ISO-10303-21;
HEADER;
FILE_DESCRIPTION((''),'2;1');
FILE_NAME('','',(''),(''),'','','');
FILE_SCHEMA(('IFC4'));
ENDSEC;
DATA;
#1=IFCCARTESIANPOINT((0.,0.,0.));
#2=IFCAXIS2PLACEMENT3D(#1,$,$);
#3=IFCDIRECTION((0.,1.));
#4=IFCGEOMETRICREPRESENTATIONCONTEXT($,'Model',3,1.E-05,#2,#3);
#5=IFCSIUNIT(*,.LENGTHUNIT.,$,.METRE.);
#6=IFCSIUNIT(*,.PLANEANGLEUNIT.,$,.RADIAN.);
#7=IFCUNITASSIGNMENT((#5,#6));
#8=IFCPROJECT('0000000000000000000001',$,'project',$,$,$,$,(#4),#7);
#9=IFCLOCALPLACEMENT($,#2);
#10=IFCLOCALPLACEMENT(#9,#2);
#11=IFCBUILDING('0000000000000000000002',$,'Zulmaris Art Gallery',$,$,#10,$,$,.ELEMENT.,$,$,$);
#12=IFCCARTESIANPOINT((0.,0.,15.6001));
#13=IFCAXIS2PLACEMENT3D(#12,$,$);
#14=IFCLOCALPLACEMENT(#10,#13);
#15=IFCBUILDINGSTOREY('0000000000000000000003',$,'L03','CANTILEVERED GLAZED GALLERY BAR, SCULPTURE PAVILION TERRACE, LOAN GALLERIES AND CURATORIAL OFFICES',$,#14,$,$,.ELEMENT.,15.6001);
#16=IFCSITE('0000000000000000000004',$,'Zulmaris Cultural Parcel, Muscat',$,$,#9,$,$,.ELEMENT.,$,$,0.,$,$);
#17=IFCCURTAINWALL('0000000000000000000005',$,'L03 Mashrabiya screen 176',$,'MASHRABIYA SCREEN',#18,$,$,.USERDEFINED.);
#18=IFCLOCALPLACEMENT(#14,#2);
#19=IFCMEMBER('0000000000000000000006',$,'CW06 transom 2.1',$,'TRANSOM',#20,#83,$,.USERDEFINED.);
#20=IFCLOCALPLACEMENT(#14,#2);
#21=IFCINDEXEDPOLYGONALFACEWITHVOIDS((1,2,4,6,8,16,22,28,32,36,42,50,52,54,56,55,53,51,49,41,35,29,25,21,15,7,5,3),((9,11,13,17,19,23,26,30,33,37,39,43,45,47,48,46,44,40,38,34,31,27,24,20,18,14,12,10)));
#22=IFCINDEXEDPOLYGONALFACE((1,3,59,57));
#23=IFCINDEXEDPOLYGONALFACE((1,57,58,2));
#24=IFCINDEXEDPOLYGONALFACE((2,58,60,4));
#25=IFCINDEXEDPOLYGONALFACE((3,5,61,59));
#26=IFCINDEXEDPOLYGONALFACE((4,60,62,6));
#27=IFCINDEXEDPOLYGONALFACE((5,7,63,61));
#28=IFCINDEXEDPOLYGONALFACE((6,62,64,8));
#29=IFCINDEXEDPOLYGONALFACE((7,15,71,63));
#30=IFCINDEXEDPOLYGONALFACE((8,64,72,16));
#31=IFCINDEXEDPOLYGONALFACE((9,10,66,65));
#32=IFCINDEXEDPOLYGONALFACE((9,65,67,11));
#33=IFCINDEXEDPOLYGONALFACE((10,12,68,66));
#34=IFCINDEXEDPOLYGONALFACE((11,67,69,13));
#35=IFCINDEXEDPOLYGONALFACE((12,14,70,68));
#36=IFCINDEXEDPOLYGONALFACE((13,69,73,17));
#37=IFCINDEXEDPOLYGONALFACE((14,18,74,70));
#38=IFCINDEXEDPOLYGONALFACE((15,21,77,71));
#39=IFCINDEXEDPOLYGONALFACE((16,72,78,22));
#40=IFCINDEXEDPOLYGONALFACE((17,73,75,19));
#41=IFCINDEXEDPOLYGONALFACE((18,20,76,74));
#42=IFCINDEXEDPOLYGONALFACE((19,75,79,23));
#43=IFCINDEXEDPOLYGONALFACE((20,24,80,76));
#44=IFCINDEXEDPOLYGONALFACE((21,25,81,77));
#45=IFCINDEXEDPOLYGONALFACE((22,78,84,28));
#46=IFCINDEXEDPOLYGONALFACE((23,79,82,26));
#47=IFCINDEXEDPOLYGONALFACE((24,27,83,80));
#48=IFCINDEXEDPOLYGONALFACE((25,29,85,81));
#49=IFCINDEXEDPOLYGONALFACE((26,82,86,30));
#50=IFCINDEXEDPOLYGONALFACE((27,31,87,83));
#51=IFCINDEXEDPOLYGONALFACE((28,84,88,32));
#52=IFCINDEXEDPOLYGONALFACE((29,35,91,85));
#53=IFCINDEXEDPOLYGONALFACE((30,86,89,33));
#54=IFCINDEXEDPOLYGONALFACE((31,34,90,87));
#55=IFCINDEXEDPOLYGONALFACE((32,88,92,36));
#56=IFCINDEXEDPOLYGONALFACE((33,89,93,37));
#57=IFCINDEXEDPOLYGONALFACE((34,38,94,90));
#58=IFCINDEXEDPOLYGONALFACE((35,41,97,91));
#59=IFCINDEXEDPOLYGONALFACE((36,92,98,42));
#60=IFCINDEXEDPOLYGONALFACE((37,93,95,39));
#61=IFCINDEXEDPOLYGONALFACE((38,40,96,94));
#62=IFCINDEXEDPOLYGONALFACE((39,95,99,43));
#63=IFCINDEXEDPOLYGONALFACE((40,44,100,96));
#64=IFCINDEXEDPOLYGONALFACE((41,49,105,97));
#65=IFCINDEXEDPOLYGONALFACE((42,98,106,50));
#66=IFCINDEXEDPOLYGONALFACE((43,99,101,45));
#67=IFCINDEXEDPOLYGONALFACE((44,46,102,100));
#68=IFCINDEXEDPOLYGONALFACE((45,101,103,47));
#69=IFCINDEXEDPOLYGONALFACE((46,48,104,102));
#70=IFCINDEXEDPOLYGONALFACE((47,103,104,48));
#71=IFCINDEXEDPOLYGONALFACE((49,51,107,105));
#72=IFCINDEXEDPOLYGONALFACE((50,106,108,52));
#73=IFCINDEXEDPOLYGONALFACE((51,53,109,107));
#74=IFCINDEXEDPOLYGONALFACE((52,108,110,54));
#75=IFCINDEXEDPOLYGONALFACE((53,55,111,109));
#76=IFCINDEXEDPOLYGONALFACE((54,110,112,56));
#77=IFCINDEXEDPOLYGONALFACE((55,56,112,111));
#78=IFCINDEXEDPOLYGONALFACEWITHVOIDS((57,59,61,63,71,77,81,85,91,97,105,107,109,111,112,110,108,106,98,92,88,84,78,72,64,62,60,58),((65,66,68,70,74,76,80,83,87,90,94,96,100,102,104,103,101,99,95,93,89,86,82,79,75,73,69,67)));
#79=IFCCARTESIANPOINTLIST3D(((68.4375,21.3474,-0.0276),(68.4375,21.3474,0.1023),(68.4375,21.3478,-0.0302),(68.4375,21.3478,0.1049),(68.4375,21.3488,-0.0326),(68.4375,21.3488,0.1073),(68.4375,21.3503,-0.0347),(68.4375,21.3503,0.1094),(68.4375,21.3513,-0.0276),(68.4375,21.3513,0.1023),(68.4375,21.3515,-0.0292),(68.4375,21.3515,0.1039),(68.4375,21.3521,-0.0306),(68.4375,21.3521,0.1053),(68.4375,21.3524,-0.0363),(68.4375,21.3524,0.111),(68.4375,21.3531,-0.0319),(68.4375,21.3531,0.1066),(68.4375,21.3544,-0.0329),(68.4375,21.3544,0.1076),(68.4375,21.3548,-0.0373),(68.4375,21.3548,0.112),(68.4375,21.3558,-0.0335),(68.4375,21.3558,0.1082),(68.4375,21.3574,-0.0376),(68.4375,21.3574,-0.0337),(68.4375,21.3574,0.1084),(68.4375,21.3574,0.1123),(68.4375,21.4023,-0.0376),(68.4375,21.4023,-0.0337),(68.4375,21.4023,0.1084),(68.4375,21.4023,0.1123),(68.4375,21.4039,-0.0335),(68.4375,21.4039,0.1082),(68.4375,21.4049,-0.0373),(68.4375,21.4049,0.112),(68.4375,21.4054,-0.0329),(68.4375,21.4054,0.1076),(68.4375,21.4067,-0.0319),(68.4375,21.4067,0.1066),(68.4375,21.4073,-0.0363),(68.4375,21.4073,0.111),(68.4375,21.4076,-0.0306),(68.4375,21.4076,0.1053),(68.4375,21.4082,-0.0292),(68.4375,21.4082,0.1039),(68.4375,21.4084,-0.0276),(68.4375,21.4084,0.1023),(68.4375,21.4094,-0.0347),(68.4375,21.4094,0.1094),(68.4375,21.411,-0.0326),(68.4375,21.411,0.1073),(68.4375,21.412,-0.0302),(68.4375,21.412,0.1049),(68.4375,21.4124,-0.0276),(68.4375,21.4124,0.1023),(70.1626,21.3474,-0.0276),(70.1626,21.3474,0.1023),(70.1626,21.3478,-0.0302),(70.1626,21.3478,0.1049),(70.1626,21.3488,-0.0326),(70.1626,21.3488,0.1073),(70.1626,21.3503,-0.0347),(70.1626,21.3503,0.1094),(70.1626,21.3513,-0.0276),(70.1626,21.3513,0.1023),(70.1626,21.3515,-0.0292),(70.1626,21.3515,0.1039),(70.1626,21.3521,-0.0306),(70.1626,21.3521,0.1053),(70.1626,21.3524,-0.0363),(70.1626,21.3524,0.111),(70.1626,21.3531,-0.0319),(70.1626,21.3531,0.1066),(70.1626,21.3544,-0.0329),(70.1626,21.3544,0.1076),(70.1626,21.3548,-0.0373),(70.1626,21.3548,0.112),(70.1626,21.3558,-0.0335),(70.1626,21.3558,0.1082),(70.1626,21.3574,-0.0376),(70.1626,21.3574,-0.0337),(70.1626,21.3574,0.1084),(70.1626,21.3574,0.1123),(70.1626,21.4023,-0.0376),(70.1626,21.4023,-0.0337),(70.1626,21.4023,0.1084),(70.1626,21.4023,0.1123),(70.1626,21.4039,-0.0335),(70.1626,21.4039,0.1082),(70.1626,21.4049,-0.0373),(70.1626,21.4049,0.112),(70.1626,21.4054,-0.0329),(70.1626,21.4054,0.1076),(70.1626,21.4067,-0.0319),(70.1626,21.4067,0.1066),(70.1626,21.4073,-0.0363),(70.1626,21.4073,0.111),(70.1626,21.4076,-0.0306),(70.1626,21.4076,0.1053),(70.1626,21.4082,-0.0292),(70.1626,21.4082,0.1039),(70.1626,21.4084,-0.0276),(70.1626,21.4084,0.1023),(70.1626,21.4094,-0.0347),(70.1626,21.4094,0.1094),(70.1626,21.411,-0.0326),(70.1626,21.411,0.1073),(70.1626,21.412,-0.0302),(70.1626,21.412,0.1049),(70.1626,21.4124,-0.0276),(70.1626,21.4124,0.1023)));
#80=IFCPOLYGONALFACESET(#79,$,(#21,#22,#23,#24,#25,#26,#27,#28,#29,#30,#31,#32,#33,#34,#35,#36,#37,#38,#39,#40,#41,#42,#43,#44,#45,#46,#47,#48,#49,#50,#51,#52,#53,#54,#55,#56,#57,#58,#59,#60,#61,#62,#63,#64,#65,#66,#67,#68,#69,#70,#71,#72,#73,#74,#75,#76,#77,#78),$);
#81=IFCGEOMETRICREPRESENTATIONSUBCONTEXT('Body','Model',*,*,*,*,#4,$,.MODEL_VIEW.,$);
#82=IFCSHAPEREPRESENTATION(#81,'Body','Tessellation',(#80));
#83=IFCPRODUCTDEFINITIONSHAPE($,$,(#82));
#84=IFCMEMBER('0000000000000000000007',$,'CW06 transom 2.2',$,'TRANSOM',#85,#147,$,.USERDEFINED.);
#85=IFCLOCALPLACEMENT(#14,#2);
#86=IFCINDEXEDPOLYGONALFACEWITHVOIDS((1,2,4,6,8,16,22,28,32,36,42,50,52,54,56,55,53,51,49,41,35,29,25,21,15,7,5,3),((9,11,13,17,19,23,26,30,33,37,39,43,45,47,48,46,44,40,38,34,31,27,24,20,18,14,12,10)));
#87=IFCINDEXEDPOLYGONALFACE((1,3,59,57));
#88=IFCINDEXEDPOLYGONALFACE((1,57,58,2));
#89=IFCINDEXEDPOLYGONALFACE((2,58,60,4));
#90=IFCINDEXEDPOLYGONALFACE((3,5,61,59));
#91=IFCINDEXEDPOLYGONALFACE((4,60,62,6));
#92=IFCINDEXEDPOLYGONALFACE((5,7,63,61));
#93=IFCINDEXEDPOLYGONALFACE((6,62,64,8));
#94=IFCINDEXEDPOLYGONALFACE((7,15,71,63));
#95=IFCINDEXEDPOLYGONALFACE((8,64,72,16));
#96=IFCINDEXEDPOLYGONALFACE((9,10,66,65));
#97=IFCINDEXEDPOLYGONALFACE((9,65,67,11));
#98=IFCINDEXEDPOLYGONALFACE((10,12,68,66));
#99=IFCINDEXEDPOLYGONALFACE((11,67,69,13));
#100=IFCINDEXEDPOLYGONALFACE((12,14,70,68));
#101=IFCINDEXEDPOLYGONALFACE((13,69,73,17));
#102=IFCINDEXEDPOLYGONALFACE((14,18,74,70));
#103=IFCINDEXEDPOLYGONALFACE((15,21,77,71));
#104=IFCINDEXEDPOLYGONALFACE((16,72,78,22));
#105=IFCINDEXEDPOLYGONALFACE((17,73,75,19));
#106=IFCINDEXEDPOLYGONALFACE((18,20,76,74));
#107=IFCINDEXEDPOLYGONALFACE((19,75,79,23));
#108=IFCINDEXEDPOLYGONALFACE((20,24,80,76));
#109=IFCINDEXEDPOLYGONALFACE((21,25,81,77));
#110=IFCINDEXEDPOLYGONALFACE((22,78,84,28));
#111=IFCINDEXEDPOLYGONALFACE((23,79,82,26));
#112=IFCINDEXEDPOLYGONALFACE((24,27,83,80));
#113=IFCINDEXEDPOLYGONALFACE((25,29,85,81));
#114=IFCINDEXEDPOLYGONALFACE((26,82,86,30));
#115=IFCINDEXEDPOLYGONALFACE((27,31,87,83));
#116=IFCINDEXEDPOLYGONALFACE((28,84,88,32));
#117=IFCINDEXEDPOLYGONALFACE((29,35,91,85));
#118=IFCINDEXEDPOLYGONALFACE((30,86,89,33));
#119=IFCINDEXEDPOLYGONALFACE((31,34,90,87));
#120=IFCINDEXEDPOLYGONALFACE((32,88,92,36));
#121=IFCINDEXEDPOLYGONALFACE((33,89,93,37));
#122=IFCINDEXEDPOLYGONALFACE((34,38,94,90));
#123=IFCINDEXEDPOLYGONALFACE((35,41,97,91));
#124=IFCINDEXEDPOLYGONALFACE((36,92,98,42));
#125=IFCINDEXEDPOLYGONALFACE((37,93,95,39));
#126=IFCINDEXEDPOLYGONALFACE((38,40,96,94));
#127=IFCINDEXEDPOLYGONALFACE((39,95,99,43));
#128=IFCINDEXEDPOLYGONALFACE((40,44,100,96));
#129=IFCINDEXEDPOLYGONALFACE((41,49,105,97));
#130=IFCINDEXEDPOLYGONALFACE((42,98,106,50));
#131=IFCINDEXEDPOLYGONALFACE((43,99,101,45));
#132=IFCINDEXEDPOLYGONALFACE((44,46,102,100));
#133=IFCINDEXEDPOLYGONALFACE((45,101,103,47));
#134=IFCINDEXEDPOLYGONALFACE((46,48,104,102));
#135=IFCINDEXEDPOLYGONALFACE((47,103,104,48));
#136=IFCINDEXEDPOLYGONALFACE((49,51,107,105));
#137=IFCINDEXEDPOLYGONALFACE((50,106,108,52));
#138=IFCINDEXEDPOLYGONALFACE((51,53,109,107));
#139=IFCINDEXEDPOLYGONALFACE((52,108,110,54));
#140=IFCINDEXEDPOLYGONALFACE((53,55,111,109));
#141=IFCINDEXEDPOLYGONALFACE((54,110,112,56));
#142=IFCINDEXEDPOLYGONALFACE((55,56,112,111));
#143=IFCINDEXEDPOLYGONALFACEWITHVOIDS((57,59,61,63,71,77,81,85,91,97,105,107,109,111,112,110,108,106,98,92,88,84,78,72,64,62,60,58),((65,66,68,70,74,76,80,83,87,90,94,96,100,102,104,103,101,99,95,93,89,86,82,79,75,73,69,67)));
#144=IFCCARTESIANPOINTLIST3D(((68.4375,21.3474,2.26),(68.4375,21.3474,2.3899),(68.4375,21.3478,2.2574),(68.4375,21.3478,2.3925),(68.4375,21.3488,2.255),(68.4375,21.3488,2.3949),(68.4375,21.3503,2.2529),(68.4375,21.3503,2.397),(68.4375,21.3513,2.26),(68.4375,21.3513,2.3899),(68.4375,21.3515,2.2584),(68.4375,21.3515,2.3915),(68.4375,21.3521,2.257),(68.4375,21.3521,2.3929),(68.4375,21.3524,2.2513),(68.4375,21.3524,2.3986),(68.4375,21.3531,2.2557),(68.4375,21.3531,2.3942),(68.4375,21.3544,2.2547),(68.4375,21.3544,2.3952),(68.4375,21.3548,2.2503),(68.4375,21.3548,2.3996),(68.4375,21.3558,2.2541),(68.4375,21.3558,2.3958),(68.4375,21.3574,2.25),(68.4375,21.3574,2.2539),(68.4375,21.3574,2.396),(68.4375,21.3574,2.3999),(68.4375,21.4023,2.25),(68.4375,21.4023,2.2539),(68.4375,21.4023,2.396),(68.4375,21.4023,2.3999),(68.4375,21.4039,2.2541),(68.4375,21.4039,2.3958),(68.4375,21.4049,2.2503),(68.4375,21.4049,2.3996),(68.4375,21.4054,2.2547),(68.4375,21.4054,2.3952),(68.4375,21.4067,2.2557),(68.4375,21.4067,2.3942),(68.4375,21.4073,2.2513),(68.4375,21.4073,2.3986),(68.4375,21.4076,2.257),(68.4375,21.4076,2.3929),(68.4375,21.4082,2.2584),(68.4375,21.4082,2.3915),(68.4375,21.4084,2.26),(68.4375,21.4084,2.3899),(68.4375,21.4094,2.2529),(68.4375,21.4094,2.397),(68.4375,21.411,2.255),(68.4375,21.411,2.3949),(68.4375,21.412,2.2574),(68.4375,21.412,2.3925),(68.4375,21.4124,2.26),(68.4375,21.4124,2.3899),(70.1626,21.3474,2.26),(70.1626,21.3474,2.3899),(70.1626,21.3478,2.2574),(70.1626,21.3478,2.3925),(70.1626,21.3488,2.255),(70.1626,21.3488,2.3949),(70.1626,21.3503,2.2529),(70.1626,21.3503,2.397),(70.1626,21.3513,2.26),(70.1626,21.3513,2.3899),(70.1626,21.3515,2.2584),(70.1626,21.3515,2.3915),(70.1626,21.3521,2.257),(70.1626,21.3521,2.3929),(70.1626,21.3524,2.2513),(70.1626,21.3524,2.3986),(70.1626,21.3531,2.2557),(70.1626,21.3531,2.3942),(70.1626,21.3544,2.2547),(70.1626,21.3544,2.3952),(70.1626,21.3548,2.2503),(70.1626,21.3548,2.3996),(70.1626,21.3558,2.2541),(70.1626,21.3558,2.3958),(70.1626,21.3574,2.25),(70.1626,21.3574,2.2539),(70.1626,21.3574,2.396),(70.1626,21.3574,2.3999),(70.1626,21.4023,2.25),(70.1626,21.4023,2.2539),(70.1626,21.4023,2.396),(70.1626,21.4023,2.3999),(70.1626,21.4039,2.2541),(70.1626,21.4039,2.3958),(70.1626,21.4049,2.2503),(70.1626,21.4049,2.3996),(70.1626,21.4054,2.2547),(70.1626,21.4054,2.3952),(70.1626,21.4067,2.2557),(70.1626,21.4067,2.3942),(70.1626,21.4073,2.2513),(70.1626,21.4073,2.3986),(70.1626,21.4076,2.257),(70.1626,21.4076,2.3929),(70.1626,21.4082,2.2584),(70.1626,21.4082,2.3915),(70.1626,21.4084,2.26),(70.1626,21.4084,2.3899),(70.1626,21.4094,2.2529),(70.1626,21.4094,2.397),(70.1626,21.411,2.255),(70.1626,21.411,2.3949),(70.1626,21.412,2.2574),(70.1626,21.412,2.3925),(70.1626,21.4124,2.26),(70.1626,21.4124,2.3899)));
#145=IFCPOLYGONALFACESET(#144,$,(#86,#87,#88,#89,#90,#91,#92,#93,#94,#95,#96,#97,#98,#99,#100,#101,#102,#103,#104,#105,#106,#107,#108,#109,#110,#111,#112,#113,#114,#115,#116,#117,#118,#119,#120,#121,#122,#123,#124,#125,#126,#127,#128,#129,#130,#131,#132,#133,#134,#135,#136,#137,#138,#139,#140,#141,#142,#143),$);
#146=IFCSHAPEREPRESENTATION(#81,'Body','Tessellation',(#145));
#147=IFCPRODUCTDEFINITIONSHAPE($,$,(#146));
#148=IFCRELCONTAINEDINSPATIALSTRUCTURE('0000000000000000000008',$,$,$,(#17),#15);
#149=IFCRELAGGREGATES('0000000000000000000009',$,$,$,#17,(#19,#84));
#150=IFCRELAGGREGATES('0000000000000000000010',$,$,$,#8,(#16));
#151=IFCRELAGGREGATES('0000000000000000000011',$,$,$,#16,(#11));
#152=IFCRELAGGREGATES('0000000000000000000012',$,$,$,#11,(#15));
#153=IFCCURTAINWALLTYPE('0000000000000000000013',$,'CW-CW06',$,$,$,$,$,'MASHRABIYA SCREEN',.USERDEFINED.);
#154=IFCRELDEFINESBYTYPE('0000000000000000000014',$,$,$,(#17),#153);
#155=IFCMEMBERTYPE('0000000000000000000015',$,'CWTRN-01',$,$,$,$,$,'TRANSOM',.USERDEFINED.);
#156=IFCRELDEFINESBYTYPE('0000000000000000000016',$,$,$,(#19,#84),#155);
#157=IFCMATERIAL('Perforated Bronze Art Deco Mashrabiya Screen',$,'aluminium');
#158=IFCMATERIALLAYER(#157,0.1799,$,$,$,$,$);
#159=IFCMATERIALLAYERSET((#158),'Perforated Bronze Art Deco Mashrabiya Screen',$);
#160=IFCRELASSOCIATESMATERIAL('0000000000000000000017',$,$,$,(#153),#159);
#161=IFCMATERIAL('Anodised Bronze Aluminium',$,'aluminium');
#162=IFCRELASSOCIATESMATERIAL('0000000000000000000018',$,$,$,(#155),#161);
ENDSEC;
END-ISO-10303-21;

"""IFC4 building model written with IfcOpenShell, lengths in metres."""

from ifc_helpers import new_model, si_unit, direction, frame, origin, origin_2d, place, context, subcontext, project, spatial, hollow_rectangle, extrude, material, layer, layer_set, material_profile, profile_set, type_object, element, aggregate, save


model = new_model("IFC4")

# Units and contexts
model_context = context("Model", 3, precision=1e-05, world=origin(), true_north=direction((0.0, 1.0)))
body_context = subcontext(model_context, "Body", "Model", "MODEL_VIEW")
ifc_project = project(units=[si_unit("LENGTHUNIT", "METRE"), si_unit("PLANEANGLEUNIT", "RADIAN")], contexts=[model_context])

# Site, building, storey
site_placement = place(None, origin())
site = spatial("IfcSite", under=ifc_project, at=site_placement, Name="Zulmaris Cultural Parcel, Muscat", CompositionType="ELEMENT", RefElevation=0.0)
building_placement = place(site_placement, origin())
building = spatial("IfcBuilding", under=site, at=building_placement, Name="Zulmaris Art Gallery", CompositionType="ELEMENT")
storey_placement = place(building_placement, frame((0.0, 0.0, 15.6001)))
storey = spatial("IfcBuildingStorey", under=building, at=storey_placement, Name="L03", Description="CANTILEVERED GLAZED GALLERY BAR, SCULPTURE PAVILION TERRACE, LOAN GALLERIES AND CURATORIAL OFFICES", CompositionType="ELEMENT", Elevation=15.6001)

# Shared definitions
ifc_material_1 = material(Name="Anodised Bronze Aluminium", Category="aluminium")
ifc_material_2 = material(Name="Perforated Bronze Art Deco Mashrabiya Screen", Category="aluminium")
ifc_layer_1 = layer(ifc_material_2, 0.1799)
ifc_layer_set_1 = layer_set([ifc_layer_1], Name="Perforated Bronze Art Deco Mashrabiya Screen")
curtain_wall_type_1 = type_object("IfcCurtainWallType", Name="CW-CW06", ElementType="MASHRABIYA SCREEN", PredefinedType="USERDEFINED", material=ifc_layer_set_1)

# Curtain wall, members
curtain_wall_1_placement = place(storey_placement, origin())
curtain_wall_1 = element("IfcCurtainWall", 1, at=curtain_wall_1_placement, inside=storey, type_object=curtain_wall_type_1, Name="L03 Mashrabiya screen 176", ObjectType="MASHRABIYA SCREEN", PredefinedType="USERDEFINED")
ifc_material_profile_1 = material_profile(ifc_material_1, hollow_rectangle(XDim=0.0649, YDim=0.1499, WallThickness=0.0039, InnerFilletRadius=0.0061, OuterFilletRadius=0.01, at=origin_2d()), Name="ALU 65x150x4")
ifc_profile_set_1 = profile_set([ifc_material_profile_1], Name="Anodised Bronze Aluminium")
member_type_1 = type_object("IfcMemberType", Name="CWTRN-01", ElementType="TRANSOM", PredefinedType="USERDEFINED", material=ifc_profile_set_1)
member_1_placement = place(storey_placement, frame((68.4375, 21.3799, 0.0374), z_axis=(1.0, 0.0, 0.0), x_axis=(0.0, 1.0, 0.0)))
member_1 = element("IfcMember", 2, at=member_1_placement, type_object=member_type_1, Name="CW06 transom 2.1", ObjectType="TRANSOM", PredefinedType="USERDEFINED", context=body_context, shape_type="SweptSolid", body=[
    extrude(hollow_rectangle(XDim=0.0649, YDim=0.1499, WallThickness=0.0039, InnerFilletRadius=0.0061, OuterFilletRadius=0.01, at=origin_2d()), origin(), (0.0, 0.0, 1.0), 1.7251),
])
member_2_placement = place(storey_placement, frame((68.4375, 21.3799, 2.325), z_axis=(1.0, 0.0, 0.0), x_axis=(0.0, 1.0, 0.0)))
member_2 = element("IfcMember", 3, at=member_2_placement, type_object=member_type_1, Name="CW06 transom 2.2", ObjectType="TRANSOM", PredefinedType="USERDEFINED", context=body_context, shape_type="SweptSolid", body=[
    extrude(hollow_rectangle(XDim=0.0649, YDim=0.1499, WallThickness=0.0039, InnerFilletRadius=0.0061, OuterFilletRadius=0.01, at=origin_2d()), origin(), (0.0, 0.0, 1.0), 1.7251),
])
aggregate(curtain_wall_1, [member_1, member_2])

save(model, "model.ifc")
